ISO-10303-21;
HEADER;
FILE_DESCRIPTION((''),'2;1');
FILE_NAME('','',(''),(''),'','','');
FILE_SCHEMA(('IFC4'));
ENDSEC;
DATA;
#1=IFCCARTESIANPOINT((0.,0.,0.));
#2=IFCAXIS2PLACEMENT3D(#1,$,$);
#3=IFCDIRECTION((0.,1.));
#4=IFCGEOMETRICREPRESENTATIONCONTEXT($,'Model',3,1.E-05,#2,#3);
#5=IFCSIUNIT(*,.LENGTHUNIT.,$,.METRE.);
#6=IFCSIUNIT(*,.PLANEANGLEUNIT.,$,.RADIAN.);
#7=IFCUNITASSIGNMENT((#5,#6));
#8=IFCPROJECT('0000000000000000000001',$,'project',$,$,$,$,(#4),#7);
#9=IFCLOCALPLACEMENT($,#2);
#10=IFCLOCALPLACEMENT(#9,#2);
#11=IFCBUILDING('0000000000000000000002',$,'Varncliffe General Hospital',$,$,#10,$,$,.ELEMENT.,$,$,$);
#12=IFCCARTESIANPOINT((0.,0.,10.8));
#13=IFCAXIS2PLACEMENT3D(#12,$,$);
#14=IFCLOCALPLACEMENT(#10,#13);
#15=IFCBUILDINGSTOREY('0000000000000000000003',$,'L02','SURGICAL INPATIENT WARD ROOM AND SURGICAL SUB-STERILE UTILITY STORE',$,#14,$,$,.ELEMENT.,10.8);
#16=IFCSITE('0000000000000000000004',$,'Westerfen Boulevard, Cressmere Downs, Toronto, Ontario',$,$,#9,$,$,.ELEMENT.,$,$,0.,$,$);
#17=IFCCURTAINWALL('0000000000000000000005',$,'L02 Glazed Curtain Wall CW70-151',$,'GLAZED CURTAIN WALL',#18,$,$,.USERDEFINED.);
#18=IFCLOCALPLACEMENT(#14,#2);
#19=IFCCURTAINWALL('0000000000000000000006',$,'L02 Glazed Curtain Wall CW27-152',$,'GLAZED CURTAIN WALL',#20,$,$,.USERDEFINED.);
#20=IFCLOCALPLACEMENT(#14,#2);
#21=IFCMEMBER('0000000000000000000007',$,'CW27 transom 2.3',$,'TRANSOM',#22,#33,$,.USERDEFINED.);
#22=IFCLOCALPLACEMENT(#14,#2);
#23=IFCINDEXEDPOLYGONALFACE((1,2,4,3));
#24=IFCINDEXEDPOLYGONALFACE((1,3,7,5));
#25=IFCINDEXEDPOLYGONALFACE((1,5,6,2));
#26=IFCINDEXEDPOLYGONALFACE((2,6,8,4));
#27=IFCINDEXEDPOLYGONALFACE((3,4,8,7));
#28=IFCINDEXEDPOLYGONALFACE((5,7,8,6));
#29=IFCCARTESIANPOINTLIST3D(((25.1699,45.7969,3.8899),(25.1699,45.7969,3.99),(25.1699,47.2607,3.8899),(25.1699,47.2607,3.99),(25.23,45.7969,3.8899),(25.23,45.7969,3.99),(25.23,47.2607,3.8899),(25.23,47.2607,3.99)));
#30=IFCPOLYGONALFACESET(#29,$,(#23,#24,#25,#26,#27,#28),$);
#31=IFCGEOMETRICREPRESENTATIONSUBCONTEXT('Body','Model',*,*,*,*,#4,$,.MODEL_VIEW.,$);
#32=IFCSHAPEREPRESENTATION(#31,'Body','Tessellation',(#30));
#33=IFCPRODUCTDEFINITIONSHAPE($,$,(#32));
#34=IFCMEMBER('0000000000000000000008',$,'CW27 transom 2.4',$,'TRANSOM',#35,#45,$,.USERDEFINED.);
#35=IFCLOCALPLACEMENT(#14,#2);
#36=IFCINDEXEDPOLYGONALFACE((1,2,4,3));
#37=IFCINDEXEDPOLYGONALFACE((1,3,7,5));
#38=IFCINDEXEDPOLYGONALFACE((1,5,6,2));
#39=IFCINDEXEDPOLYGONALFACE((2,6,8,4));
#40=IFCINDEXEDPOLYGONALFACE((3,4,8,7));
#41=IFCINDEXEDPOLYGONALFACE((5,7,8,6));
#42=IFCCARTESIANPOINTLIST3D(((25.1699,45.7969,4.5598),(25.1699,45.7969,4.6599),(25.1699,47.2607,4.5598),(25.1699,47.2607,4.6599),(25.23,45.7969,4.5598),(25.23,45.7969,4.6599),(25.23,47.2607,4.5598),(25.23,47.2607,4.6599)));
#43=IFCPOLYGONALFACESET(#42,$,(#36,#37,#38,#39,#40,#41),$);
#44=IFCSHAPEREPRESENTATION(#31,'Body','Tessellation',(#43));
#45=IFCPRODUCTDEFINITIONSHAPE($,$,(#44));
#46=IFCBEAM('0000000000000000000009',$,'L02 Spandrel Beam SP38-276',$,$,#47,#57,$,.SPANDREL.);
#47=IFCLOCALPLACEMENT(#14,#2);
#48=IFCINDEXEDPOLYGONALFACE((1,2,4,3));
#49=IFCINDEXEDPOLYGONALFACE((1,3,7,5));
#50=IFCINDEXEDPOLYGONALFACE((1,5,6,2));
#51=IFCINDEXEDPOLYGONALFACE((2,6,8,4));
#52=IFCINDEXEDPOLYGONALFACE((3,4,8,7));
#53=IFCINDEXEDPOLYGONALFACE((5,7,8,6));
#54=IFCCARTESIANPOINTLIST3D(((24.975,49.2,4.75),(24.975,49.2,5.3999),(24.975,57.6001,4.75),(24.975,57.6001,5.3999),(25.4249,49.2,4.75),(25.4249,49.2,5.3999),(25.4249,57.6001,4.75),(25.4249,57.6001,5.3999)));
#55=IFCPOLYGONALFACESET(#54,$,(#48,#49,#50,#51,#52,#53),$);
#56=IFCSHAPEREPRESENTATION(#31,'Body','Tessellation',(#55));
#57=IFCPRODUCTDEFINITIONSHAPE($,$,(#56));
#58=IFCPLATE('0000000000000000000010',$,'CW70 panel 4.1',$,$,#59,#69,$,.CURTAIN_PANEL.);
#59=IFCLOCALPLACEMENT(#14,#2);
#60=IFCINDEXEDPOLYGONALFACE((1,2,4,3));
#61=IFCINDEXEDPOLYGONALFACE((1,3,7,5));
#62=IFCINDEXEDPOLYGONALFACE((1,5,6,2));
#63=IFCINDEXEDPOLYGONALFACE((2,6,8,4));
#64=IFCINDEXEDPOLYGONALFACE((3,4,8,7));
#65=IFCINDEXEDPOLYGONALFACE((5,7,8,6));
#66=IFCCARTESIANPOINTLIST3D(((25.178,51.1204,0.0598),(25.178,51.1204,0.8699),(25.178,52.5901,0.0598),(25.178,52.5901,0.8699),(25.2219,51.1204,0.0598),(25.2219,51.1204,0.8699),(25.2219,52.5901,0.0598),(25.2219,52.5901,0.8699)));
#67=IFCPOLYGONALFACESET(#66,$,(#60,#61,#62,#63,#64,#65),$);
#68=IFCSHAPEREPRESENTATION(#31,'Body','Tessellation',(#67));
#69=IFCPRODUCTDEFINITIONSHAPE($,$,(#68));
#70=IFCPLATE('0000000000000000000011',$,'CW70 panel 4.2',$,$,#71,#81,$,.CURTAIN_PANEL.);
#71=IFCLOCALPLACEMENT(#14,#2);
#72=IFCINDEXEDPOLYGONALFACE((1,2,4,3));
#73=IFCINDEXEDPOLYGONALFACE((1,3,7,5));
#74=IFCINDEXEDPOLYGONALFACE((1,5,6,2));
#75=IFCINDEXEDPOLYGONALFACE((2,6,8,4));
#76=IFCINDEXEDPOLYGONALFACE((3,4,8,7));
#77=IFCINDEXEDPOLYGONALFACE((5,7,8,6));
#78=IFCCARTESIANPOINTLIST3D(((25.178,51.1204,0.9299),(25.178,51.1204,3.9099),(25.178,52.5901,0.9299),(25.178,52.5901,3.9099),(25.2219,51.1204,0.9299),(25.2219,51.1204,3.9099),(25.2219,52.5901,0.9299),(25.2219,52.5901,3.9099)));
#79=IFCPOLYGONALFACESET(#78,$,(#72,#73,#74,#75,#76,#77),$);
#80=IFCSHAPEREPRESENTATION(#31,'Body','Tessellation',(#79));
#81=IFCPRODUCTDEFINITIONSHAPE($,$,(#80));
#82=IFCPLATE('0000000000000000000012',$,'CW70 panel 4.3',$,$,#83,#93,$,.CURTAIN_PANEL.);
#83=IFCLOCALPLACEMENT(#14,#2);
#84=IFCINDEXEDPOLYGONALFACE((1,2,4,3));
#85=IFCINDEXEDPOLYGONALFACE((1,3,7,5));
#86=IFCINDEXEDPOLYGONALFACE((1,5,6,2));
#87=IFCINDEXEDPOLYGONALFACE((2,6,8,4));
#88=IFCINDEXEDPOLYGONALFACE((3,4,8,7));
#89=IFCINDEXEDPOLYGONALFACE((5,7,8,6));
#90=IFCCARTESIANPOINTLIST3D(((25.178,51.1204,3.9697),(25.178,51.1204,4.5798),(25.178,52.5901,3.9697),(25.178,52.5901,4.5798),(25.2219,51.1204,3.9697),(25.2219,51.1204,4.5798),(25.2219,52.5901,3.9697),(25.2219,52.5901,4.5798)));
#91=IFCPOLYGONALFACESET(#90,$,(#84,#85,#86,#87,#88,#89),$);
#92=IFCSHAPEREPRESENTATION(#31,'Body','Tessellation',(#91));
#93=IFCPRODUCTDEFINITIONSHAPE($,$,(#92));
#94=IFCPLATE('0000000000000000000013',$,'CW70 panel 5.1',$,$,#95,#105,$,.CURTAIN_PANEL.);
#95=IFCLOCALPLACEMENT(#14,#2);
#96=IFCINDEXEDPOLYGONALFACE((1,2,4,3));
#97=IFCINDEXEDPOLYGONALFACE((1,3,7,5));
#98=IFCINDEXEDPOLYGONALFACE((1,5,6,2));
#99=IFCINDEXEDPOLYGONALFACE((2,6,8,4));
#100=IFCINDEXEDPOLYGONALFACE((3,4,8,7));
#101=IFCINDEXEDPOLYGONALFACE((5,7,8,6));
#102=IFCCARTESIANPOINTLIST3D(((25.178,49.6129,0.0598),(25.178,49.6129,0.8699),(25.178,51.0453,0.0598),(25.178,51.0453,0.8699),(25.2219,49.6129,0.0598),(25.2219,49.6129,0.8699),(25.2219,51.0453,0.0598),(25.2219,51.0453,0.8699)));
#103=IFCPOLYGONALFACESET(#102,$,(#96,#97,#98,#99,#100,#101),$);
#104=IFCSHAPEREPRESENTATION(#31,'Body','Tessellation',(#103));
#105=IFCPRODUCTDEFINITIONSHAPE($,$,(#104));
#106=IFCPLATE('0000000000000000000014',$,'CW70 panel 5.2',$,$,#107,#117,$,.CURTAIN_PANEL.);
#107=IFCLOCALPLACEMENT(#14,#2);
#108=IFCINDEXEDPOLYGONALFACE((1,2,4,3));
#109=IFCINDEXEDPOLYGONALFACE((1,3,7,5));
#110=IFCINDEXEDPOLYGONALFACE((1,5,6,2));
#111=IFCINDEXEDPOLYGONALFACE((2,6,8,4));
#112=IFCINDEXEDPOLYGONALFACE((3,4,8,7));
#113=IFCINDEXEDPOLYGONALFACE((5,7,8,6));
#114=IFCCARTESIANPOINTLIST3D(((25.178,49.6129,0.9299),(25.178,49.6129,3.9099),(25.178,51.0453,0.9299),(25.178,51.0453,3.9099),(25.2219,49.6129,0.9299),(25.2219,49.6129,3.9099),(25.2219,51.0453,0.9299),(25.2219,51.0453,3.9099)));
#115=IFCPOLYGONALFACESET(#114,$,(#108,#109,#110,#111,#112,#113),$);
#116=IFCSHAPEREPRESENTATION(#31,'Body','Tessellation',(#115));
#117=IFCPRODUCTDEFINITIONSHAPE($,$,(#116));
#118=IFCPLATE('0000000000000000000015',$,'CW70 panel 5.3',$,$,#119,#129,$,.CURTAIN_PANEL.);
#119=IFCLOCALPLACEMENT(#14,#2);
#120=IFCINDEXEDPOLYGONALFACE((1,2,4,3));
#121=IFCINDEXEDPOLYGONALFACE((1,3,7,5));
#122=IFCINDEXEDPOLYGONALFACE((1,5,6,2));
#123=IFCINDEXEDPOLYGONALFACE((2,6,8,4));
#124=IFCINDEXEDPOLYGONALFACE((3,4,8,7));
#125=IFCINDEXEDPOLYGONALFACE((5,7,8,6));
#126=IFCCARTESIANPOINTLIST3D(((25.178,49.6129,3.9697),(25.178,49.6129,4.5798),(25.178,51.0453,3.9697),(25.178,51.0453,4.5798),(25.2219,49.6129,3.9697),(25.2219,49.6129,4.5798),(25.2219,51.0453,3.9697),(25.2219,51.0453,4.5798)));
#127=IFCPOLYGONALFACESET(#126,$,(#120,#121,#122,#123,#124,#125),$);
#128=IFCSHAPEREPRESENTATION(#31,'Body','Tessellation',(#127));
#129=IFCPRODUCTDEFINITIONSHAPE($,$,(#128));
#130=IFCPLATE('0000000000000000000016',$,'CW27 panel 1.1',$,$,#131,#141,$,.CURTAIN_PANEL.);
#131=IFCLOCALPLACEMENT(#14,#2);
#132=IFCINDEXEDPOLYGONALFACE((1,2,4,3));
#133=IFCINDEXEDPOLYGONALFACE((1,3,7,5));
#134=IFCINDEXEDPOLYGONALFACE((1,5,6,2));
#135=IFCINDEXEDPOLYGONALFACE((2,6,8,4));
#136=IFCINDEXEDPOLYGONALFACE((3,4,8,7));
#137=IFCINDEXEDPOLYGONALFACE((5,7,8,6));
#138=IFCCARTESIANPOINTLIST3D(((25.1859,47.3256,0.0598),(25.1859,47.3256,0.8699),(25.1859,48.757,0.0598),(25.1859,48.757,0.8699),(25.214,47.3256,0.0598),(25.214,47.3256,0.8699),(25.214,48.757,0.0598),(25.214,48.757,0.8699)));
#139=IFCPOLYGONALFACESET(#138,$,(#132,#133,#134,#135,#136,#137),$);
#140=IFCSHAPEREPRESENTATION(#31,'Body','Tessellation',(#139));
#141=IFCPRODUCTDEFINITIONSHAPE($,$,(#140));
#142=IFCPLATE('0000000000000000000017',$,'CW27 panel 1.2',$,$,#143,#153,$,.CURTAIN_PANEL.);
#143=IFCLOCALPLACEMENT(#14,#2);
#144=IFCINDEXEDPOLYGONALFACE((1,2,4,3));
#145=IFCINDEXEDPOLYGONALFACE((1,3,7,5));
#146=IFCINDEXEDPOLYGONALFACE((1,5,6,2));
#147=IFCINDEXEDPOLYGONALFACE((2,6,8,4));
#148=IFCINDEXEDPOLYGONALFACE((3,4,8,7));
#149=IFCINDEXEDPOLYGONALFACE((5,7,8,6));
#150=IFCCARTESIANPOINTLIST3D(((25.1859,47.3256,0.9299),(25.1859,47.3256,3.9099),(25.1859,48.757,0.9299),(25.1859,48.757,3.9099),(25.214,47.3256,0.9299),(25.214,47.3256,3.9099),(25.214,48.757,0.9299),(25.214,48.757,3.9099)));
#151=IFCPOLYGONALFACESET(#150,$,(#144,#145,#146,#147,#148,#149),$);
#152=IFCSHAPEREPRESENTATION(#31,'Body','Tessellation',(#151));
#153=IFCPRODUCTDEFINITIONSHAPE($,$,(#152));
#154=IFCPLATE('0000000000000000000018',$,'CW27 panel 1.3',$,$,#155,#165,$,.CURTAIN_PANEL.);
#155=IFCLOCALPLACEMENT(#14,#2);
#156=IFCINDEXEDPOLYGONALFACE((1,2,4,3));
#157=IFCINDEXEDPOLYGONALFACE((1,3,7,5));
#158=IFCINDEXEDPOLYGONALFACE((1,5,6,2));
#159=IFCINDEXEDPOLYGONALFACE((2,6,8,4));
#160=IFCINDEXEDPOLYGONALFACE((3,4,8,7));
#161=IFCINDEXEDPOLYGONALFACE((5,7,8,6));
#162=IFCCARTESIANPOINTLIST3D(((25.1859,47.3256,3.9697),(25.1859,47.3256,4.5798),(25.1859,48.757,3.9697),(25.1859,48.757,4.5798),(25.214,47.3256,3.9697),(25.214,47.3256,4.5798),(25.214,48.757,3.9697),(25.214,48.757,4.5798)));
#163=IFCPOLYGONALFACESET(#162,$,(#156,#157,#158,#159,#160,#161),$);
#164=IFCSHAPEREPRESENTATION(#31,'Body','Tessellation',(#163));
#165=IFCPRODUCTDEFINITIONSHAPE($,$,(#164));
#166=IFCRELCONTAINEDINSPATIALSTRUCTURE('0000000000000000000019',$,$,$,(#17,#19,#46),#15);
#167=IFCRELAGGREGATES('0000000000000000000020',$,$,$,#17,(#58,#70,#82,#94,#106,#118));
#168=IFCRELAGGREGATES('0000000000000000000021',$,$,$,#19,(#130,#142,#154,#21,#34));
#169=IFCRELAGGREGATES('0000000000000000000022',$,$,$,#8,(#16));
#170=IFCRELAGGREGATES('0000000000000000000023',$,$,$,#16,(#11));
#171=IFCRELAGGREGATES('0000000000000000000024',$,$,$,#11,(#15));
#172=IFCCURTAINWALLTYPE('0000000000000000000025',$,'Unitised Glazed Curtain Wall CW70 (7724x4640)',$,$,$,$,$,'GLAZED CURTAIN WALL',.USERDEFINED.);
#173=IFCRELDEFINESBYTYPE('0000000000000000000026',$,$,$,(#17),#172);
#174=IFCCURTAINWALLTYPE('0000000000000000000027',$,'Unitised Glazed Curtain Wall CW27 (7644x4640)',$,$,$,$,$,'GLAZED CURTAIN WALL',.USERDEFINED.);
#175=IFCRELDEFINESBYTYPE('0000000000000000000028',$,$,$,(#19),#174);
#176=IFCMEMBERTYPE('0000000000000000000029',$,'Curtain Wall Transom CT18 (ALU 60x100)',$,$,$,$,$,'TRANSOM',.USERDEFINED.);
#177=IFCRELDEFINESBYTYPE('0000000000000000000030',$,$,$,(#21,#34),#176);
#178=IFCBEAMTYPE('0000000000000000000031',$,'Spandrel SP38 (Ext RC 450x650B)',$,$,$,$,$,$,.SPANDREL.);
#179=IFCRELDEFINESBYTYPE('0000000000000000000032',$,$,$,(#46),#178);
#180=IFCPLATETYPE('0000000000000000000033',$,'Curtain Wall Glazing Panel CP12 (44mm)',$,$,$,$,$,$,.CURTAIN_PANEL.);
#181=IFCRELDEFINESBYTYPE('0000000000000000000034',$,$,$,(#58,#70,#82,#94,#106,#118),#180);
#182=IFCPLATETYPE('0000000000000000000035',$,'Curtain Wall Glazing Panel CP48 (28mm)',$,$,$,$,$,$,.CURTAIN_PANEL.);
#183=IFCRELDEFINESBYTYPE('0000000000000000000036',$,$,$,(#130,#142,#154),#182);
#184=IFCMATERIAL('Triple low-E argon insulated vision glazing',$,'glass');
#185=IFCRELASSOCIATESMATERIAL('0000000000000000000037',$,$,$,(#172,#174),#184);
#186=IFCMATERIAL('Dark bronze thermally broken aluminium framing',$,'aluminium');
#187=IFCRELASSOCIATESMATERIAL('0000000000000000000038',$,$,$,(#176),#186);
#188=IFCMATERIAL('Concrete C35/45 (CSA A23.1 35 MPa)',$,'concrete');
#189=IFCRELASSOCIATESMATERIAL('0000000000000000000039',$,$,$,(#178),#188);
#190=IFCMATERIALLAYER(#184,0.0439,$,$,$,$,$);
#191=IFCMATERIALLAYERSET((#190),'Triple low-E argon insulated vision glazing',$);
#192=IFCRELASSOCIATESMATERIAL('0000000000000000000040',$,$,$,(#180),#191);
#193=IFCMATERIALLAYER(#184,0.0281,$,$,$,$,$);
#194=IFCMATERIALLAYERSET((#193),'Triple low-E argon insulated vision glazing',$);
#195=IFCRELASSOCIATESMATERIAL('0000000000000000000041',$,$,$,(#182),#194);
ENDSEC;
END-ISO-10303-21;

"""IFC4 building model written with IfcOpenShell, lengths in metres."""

from ifc_helpers import new_model, si_unit, direction, frame, origin, origin_2d, place, context, subcontext, project, spatial, rectangle, extrude, material, layer, layer_set, material_profile, profile_set, type_object, element, aggregate, save


model = new_model("IFC4")

# Units and contexts
model_context = context("Model", 3, precision=1e-05, world=origin(), true_north=direction((0.0, 1.0)))
body_context = subcontext(model_context, "Body", "Model", "MODEL_VIEW")
ifc_project = project(units=[si_unit("LENGTHUNIT", "METRE"), si_unit("PLANEANGLEUNIT", "RADIAN")], contexts=[model_context])

# Site, building, storey
site_placement = place(None, origin())
site = spatial("IfcSite", under=ifc_project, at=site_placement, Name="Westerfen Boulevard, Cressmere Downs, Toronto, Ontario", CompositionType="ELEMENT", RefElevation=0.0)
building_placement = place(site_placement, origin())
building = spatial("IfcBuilding", under=site, at=building_placement, Name="Varncliffe General Hospital", CompositionType="ELEMENT")
storey_placement = place(building_placement, frame((0.0, 0.0, 10.8)))
storey = spatial("IfcBuildingStorey", under=building, at=storey_placement, Name="L02", Description="SURGICAL INPATIENT WARD ROOM AND SURGICAL SUB-STERILE UTILITY STORE", CompositionType="ELEMENT", Elevation=10.8)

# Curtain walls
ifc_material_1 = material(Name="Triple low-E argon insulated vision glazing", Category="glass")
curtain_wall_type_1 = type_object("IfcCurtainWallType", Name="Unitised Glazed Curtain Wall CW70 (7724x4640)", ElementType="GLAZED CURTAIN WALL", PredefinedType="USERDEFINED", material=ifc_material_1)
curtain_wall_1_placement = place(storey_placement, origin())
curtain_wall_1 = element("IfcCurtainWall", 1, at=curtain_wall_1_placement, inside=storey, type_object=curtain_wall_type_1, Name="L02 Glazed Curtain Wall CW70-151", ObjectType="GLAZED CURTAIN WALL", PredefinedType="USERDEFINED")
ifc_material_2 = material(Name="Dark bronze thermally broken aluminium framing", Category="aluminium")
curtain_wall_type_2 = type_object("IfcCurtainWallType", Name="Unitised Glazed Curtain Wall CW27 (7644x4640)", ElementType="GLAZED CURTAIN WALL", PredefinedType="USERDEFINED", material=ifc_material_1)
curtain_wall_2_placement = place(storey_placement, origin())
curtain_wall_2 = element("IfcCurtainWall", 2, at=curtain_wall_2_placement, inside=storey, type_object=curtain_wall_type_2, Name="L02 Glazed Curtain Wall CW27-152", ObjectType="GLAZED CURTAIN WALL", PredefinedType="USERDEFINED")

# Members
ifc_material_profile_1 = material_profile(ifc_material_2, rectangle(XDim=0.0601, YDim=0.1001, at=origin_2d()), Name="ALU 60x100")
ifc_profile_set_1 = profile_set([ifc_material_profile_1], Name="Dark bronze thermally broken aluminium framing")
member_type_1 = type_object("IfcMemberType", Name="Curtain Wall Transom CT18 (ALU 60x100)", ElementType="TRANSOM", PredefinedType="USERDEFINED", material=ifc_profile_set_1)
member_1_placement = place(storey_placement, frame((25.2, 47.2607, 3.9399), z_axis=(0.0, -1.0, 0.0), x_axis=(1.0, 0.0, 0.0)))
member_1 = element("IfcMember", 3, at=member_1_placement, type_object=member_type_1, Name="CW27 transom 2.3", ObjectType="TRANSOM", PredefinedType="USERDEFINED", context=body_context, shape_type="SweptSolid", body=[
    extrude(rectangle(XDim=0.0601, YDim=0.1001, at=origin_2d()), origin(), (0.0, 0.0, 1.0), 1.4639),
])
member_2_placement = place(storey_placement, frame((25.2, 47.2607, 4.6099), z_axis=(0.0, -1.0, 0.0), x_axis=(1.0, 0.0, 0.0)))
member_2 = element("IfcMember", 4, at=member_2_placement, type_object=member_type_1, Name="CW27 transom 2.4", ObjectType="TRANSOM", PredefinedType="USERDEFINED", context=body_context, shape_type="SweptSolid", body=[
    extrude(rectangle(XDim=0.0601, YDim=0.1001, at=origin_2d()), origin(), (0.0, 0.0, 1.0), 1.4639),
])

# Beam
ifc_material_3 = material(Name="Concrete C35/45 (CSA A23.1 35 MPa)", Category="concrete")
ifc_material_profile_2 = material_profile(ifc_material_3, rectangle(XDim=0.45, YDim=0.6499, at=origin_2d()), Name="RC 450x650")
ifc_profile_set_2 = profile_set([ifc_material_profile_2], Name="Concrete C35/45 (CSA A23.1 35 MPa)")
beam_type = type_object("IfcBeamType", Name="Spandrel SP38 (Ext RC 450x650B)", PredefinedType="SPANDREL", material=ifc_profile_set_2)
beam_placement = place(storey_placement, frame((25.2, 49.2, 5.075), z_axis=(0.0, 1.0, 0.0), x_axis=(-1.0, 0.0, 0.0)))
element("IfcBeam", 5, at=beam_placement, inside=storey, type_object=beam_type, Name="L02 Spandrel Beam SP38-276", PredefinedType="SPANDREL", context=body_context, shape_type="SweptSolid", body=[
    extrude(rectangle(XDim=0.45, YDim=0.6499, at=origin_2d()), origin(), (0.0, 0.0, 1.0), 8.4001),
])

# Plates
ifc_layer_1 = layer(ifc_material_1, 0.0439)
ifc_layer_set_1 = layer_set([ifc_layer_1], Name="Triple low-E argon insulated vision glazing")
plate_type_1 = type_object("IfcPlateType", Name="Curtain Wall Glazing Panel CP12 (44mm)", PredefinedType="CURTAIN_PANEL", material=ifc_layer_set_1)
plate_1_placement = place(storey_placement, frame((25.2, 51.8552, 0.0598), z_axis=(0.0, 0.0, 1.0), x_axis=(0.0, -1.0, 0.0)))
plate_1 = element("IfcPlate", 6, at=plate_1_placement, type_object=plate_type_1, Name="CW70 panel 4.1", PredefinedType="CURTAIN_PANEL", context=body_context, shape_type="SweptSolid", body=[
    extrude(rectangle(XDim=1.4697, YDim=0.0439, at=origin_2d()), origin(), (0.0, 0.0, 1.0), 0.8101),
])
plate_2_placement = place(storey_placement, frame((25.2, 51.8552, 0.9299), z_axis=(0.0, 0.0, 1.0), x_axis=(0.0, -1.0, 0.0)))
plate_2 = element("IfcPlate", 7, at=plate_2_placement, type_object=plate_type_1, Name="CW70 panel 4.2", PredefinedType="CURTAIN_PANEL", context=body_context, shape_type="SweptSolid", body=[
    extrude(rectangle(XDim=1.4697, YDim=0.0439, at=origin_2d()), origin(), (0.0, 0.0, 1.0), 2.98),
])
plate_3_placement = place(storey_placement, frame((25.2, 51.8552, 3.9697), z_axis=(0.0, 0.0, 1.0), x_axis=(0.0, -1.0, 0.0)))
plate_3 = element("IfcPlate", 8, at=plate_3_placement, type_object=plate_type_1, Name="CW70 panel 4.3", PredefinedType="CURTAIN_PANEL", context=body_context, shape_type="SweptSolid", body=[
    extrude(rectangle(XDim=1.4697, YDim=0.0439, at=origin_2d()), origin(), (0.0, 0.0, 1.0), 0.6101),
])
plate_4_placement = place(storey_placement, frame((25.2, 50.3291, 0.0598), z_axis=(0.0, 0.0, 1.0), x_axis=(0.0, -1.0, 0.0)))
plate_4 = element("IfcPlate", 9, at=plate_4_placement, type_object=plate_type_1, Name="CW70 panel 5.1", PredefinedType="CURTAIN_PANEL", context=body_context, shape_type="SweptSolid", body=[
    extrude(rectangle(XDim=1.4324, YDim=0.0439, at=origin_2d()), origin(), (0.0, 0.0, 1.0), 0.8101),
])
plate_5_placement = place(storey_placement, frame((25.2, 50.3291, 0.9299), z_axis=(0.0, 0.0, 1.0), x_axis=(0.0, -1.0, 0.0)))
plate_5 = element("IfcPlate", 10, at=plate_5_placement, type_object=plate_type_1, Name="CW70 panel 5.2", PredefinedType="CURTAIN_PANEL", context=body_context, shape_type="SweptSolid", body=[
    extrude(rectangle(XDim=1.4324, YDim=0.0439, at=origin_2d()), origin(), (0.0, 0.0, 1.0), 2.98),
])
plate_6_placement = place(storey_placement, frame((25.2, 50.3291, 3.9697), z_axis=(0.0, 0.0, 1.0), x_axis=(0.0, -1.0, 0.0)))
plate_6 = element("IfcPlate", 11, at=plate_6_placement, type_object=plate_type_1, Name="CW70 panel 5.3", PredefinedType="CURTAIN_PANEL", context=body_context, shape_type="SweptSolid", body=[
    extrude(rectangle(XDim=1.4324, YDim=0.0439, at=origin_2d()), origin(), (0.0, 0.0, 1.0), 0.6101),
])
aggregate(curtain_wall_1, [plate_1, plate_2, plate_3, plate_4, plate_5, plate_6])
ifc_layer_2 = layer(ifc_material_1, 0.0281)
ifc_layer_set_2 = layer_set([ifc_layer_2], Name="Triple low-E argon insulated vision glazing")
plate_type_2 = type_object("IfcPlateType", Name="Curtain Wall Glazing Panel CP48 (28mm)", PredefinedType="CURTAIN_PANEL", material=ifc_layer_set_2)
plate_7_placement = place(storey_placement, frame((25.2, 48.0413, 0.0598), z_axis=(0.0, 0.0, 1.0), x_axis=(0.0, -1.0, 0.0)))
plate_7 = element("IfcPlate", 12, at=plate_7_placement, type_object=plate_type_2, Name="CW27 panel 1.1", PredefinedType="CURTAIN_PANEL", context=body_context, shape_type="SweptSolid", body=[
    extrude(rectangle(XDim=1.4314, YDim=0.0281, at=origin_2d()), origin(), (0.0, 0.0, 1.0), 0.8101),
])
plate_8_placement = place(storey_placement, frame((25.2, 48.0413, 0.9299), z_axis=(0.0, 0.0, 1.0), x_axis=(0.0, -1.0, 0.0)))
plate_8 = element("IfcPlate", 13, at=plate_8_placement, type_object=plate_type_2, Name="CW27 panel 1.2", PredefinedType="CURTAIN_PANEL", context=body_context, shape_type="SweptSolid", body=[
    extrude(rectangle(XDim=1.4314, YDim=0.0281, at=origin_2d()), origin(), (0.0, 0.0, 1.0), 2.98),
])
plate_9_placement = place(storey_placement, frame((25.2, 48.0413, 3.9697), z_axis=(0.0, 0.0, 1.0), x_axis=(0.0, -1.0, 0.0)))
plate_9 = element("IfcPlate", 14, at=plate_9_placement, type_object=plate_type_2, Name="CW27 panel 1.3", PredefinedType="CURTAIN_PANEL", context=body_context, shape_type="SweptSolid", body=[
    extrude(rectangle(XDim=1.4314, YDim=0.0281, at=origin_2d()), origin(), (0.0, 0.0, 1.0), 0.6101),
])
aggregate(curtain_wall_2, [plate_7, plate_8, plate_9, member_1, member_2])

save(model, "model.ifc")
